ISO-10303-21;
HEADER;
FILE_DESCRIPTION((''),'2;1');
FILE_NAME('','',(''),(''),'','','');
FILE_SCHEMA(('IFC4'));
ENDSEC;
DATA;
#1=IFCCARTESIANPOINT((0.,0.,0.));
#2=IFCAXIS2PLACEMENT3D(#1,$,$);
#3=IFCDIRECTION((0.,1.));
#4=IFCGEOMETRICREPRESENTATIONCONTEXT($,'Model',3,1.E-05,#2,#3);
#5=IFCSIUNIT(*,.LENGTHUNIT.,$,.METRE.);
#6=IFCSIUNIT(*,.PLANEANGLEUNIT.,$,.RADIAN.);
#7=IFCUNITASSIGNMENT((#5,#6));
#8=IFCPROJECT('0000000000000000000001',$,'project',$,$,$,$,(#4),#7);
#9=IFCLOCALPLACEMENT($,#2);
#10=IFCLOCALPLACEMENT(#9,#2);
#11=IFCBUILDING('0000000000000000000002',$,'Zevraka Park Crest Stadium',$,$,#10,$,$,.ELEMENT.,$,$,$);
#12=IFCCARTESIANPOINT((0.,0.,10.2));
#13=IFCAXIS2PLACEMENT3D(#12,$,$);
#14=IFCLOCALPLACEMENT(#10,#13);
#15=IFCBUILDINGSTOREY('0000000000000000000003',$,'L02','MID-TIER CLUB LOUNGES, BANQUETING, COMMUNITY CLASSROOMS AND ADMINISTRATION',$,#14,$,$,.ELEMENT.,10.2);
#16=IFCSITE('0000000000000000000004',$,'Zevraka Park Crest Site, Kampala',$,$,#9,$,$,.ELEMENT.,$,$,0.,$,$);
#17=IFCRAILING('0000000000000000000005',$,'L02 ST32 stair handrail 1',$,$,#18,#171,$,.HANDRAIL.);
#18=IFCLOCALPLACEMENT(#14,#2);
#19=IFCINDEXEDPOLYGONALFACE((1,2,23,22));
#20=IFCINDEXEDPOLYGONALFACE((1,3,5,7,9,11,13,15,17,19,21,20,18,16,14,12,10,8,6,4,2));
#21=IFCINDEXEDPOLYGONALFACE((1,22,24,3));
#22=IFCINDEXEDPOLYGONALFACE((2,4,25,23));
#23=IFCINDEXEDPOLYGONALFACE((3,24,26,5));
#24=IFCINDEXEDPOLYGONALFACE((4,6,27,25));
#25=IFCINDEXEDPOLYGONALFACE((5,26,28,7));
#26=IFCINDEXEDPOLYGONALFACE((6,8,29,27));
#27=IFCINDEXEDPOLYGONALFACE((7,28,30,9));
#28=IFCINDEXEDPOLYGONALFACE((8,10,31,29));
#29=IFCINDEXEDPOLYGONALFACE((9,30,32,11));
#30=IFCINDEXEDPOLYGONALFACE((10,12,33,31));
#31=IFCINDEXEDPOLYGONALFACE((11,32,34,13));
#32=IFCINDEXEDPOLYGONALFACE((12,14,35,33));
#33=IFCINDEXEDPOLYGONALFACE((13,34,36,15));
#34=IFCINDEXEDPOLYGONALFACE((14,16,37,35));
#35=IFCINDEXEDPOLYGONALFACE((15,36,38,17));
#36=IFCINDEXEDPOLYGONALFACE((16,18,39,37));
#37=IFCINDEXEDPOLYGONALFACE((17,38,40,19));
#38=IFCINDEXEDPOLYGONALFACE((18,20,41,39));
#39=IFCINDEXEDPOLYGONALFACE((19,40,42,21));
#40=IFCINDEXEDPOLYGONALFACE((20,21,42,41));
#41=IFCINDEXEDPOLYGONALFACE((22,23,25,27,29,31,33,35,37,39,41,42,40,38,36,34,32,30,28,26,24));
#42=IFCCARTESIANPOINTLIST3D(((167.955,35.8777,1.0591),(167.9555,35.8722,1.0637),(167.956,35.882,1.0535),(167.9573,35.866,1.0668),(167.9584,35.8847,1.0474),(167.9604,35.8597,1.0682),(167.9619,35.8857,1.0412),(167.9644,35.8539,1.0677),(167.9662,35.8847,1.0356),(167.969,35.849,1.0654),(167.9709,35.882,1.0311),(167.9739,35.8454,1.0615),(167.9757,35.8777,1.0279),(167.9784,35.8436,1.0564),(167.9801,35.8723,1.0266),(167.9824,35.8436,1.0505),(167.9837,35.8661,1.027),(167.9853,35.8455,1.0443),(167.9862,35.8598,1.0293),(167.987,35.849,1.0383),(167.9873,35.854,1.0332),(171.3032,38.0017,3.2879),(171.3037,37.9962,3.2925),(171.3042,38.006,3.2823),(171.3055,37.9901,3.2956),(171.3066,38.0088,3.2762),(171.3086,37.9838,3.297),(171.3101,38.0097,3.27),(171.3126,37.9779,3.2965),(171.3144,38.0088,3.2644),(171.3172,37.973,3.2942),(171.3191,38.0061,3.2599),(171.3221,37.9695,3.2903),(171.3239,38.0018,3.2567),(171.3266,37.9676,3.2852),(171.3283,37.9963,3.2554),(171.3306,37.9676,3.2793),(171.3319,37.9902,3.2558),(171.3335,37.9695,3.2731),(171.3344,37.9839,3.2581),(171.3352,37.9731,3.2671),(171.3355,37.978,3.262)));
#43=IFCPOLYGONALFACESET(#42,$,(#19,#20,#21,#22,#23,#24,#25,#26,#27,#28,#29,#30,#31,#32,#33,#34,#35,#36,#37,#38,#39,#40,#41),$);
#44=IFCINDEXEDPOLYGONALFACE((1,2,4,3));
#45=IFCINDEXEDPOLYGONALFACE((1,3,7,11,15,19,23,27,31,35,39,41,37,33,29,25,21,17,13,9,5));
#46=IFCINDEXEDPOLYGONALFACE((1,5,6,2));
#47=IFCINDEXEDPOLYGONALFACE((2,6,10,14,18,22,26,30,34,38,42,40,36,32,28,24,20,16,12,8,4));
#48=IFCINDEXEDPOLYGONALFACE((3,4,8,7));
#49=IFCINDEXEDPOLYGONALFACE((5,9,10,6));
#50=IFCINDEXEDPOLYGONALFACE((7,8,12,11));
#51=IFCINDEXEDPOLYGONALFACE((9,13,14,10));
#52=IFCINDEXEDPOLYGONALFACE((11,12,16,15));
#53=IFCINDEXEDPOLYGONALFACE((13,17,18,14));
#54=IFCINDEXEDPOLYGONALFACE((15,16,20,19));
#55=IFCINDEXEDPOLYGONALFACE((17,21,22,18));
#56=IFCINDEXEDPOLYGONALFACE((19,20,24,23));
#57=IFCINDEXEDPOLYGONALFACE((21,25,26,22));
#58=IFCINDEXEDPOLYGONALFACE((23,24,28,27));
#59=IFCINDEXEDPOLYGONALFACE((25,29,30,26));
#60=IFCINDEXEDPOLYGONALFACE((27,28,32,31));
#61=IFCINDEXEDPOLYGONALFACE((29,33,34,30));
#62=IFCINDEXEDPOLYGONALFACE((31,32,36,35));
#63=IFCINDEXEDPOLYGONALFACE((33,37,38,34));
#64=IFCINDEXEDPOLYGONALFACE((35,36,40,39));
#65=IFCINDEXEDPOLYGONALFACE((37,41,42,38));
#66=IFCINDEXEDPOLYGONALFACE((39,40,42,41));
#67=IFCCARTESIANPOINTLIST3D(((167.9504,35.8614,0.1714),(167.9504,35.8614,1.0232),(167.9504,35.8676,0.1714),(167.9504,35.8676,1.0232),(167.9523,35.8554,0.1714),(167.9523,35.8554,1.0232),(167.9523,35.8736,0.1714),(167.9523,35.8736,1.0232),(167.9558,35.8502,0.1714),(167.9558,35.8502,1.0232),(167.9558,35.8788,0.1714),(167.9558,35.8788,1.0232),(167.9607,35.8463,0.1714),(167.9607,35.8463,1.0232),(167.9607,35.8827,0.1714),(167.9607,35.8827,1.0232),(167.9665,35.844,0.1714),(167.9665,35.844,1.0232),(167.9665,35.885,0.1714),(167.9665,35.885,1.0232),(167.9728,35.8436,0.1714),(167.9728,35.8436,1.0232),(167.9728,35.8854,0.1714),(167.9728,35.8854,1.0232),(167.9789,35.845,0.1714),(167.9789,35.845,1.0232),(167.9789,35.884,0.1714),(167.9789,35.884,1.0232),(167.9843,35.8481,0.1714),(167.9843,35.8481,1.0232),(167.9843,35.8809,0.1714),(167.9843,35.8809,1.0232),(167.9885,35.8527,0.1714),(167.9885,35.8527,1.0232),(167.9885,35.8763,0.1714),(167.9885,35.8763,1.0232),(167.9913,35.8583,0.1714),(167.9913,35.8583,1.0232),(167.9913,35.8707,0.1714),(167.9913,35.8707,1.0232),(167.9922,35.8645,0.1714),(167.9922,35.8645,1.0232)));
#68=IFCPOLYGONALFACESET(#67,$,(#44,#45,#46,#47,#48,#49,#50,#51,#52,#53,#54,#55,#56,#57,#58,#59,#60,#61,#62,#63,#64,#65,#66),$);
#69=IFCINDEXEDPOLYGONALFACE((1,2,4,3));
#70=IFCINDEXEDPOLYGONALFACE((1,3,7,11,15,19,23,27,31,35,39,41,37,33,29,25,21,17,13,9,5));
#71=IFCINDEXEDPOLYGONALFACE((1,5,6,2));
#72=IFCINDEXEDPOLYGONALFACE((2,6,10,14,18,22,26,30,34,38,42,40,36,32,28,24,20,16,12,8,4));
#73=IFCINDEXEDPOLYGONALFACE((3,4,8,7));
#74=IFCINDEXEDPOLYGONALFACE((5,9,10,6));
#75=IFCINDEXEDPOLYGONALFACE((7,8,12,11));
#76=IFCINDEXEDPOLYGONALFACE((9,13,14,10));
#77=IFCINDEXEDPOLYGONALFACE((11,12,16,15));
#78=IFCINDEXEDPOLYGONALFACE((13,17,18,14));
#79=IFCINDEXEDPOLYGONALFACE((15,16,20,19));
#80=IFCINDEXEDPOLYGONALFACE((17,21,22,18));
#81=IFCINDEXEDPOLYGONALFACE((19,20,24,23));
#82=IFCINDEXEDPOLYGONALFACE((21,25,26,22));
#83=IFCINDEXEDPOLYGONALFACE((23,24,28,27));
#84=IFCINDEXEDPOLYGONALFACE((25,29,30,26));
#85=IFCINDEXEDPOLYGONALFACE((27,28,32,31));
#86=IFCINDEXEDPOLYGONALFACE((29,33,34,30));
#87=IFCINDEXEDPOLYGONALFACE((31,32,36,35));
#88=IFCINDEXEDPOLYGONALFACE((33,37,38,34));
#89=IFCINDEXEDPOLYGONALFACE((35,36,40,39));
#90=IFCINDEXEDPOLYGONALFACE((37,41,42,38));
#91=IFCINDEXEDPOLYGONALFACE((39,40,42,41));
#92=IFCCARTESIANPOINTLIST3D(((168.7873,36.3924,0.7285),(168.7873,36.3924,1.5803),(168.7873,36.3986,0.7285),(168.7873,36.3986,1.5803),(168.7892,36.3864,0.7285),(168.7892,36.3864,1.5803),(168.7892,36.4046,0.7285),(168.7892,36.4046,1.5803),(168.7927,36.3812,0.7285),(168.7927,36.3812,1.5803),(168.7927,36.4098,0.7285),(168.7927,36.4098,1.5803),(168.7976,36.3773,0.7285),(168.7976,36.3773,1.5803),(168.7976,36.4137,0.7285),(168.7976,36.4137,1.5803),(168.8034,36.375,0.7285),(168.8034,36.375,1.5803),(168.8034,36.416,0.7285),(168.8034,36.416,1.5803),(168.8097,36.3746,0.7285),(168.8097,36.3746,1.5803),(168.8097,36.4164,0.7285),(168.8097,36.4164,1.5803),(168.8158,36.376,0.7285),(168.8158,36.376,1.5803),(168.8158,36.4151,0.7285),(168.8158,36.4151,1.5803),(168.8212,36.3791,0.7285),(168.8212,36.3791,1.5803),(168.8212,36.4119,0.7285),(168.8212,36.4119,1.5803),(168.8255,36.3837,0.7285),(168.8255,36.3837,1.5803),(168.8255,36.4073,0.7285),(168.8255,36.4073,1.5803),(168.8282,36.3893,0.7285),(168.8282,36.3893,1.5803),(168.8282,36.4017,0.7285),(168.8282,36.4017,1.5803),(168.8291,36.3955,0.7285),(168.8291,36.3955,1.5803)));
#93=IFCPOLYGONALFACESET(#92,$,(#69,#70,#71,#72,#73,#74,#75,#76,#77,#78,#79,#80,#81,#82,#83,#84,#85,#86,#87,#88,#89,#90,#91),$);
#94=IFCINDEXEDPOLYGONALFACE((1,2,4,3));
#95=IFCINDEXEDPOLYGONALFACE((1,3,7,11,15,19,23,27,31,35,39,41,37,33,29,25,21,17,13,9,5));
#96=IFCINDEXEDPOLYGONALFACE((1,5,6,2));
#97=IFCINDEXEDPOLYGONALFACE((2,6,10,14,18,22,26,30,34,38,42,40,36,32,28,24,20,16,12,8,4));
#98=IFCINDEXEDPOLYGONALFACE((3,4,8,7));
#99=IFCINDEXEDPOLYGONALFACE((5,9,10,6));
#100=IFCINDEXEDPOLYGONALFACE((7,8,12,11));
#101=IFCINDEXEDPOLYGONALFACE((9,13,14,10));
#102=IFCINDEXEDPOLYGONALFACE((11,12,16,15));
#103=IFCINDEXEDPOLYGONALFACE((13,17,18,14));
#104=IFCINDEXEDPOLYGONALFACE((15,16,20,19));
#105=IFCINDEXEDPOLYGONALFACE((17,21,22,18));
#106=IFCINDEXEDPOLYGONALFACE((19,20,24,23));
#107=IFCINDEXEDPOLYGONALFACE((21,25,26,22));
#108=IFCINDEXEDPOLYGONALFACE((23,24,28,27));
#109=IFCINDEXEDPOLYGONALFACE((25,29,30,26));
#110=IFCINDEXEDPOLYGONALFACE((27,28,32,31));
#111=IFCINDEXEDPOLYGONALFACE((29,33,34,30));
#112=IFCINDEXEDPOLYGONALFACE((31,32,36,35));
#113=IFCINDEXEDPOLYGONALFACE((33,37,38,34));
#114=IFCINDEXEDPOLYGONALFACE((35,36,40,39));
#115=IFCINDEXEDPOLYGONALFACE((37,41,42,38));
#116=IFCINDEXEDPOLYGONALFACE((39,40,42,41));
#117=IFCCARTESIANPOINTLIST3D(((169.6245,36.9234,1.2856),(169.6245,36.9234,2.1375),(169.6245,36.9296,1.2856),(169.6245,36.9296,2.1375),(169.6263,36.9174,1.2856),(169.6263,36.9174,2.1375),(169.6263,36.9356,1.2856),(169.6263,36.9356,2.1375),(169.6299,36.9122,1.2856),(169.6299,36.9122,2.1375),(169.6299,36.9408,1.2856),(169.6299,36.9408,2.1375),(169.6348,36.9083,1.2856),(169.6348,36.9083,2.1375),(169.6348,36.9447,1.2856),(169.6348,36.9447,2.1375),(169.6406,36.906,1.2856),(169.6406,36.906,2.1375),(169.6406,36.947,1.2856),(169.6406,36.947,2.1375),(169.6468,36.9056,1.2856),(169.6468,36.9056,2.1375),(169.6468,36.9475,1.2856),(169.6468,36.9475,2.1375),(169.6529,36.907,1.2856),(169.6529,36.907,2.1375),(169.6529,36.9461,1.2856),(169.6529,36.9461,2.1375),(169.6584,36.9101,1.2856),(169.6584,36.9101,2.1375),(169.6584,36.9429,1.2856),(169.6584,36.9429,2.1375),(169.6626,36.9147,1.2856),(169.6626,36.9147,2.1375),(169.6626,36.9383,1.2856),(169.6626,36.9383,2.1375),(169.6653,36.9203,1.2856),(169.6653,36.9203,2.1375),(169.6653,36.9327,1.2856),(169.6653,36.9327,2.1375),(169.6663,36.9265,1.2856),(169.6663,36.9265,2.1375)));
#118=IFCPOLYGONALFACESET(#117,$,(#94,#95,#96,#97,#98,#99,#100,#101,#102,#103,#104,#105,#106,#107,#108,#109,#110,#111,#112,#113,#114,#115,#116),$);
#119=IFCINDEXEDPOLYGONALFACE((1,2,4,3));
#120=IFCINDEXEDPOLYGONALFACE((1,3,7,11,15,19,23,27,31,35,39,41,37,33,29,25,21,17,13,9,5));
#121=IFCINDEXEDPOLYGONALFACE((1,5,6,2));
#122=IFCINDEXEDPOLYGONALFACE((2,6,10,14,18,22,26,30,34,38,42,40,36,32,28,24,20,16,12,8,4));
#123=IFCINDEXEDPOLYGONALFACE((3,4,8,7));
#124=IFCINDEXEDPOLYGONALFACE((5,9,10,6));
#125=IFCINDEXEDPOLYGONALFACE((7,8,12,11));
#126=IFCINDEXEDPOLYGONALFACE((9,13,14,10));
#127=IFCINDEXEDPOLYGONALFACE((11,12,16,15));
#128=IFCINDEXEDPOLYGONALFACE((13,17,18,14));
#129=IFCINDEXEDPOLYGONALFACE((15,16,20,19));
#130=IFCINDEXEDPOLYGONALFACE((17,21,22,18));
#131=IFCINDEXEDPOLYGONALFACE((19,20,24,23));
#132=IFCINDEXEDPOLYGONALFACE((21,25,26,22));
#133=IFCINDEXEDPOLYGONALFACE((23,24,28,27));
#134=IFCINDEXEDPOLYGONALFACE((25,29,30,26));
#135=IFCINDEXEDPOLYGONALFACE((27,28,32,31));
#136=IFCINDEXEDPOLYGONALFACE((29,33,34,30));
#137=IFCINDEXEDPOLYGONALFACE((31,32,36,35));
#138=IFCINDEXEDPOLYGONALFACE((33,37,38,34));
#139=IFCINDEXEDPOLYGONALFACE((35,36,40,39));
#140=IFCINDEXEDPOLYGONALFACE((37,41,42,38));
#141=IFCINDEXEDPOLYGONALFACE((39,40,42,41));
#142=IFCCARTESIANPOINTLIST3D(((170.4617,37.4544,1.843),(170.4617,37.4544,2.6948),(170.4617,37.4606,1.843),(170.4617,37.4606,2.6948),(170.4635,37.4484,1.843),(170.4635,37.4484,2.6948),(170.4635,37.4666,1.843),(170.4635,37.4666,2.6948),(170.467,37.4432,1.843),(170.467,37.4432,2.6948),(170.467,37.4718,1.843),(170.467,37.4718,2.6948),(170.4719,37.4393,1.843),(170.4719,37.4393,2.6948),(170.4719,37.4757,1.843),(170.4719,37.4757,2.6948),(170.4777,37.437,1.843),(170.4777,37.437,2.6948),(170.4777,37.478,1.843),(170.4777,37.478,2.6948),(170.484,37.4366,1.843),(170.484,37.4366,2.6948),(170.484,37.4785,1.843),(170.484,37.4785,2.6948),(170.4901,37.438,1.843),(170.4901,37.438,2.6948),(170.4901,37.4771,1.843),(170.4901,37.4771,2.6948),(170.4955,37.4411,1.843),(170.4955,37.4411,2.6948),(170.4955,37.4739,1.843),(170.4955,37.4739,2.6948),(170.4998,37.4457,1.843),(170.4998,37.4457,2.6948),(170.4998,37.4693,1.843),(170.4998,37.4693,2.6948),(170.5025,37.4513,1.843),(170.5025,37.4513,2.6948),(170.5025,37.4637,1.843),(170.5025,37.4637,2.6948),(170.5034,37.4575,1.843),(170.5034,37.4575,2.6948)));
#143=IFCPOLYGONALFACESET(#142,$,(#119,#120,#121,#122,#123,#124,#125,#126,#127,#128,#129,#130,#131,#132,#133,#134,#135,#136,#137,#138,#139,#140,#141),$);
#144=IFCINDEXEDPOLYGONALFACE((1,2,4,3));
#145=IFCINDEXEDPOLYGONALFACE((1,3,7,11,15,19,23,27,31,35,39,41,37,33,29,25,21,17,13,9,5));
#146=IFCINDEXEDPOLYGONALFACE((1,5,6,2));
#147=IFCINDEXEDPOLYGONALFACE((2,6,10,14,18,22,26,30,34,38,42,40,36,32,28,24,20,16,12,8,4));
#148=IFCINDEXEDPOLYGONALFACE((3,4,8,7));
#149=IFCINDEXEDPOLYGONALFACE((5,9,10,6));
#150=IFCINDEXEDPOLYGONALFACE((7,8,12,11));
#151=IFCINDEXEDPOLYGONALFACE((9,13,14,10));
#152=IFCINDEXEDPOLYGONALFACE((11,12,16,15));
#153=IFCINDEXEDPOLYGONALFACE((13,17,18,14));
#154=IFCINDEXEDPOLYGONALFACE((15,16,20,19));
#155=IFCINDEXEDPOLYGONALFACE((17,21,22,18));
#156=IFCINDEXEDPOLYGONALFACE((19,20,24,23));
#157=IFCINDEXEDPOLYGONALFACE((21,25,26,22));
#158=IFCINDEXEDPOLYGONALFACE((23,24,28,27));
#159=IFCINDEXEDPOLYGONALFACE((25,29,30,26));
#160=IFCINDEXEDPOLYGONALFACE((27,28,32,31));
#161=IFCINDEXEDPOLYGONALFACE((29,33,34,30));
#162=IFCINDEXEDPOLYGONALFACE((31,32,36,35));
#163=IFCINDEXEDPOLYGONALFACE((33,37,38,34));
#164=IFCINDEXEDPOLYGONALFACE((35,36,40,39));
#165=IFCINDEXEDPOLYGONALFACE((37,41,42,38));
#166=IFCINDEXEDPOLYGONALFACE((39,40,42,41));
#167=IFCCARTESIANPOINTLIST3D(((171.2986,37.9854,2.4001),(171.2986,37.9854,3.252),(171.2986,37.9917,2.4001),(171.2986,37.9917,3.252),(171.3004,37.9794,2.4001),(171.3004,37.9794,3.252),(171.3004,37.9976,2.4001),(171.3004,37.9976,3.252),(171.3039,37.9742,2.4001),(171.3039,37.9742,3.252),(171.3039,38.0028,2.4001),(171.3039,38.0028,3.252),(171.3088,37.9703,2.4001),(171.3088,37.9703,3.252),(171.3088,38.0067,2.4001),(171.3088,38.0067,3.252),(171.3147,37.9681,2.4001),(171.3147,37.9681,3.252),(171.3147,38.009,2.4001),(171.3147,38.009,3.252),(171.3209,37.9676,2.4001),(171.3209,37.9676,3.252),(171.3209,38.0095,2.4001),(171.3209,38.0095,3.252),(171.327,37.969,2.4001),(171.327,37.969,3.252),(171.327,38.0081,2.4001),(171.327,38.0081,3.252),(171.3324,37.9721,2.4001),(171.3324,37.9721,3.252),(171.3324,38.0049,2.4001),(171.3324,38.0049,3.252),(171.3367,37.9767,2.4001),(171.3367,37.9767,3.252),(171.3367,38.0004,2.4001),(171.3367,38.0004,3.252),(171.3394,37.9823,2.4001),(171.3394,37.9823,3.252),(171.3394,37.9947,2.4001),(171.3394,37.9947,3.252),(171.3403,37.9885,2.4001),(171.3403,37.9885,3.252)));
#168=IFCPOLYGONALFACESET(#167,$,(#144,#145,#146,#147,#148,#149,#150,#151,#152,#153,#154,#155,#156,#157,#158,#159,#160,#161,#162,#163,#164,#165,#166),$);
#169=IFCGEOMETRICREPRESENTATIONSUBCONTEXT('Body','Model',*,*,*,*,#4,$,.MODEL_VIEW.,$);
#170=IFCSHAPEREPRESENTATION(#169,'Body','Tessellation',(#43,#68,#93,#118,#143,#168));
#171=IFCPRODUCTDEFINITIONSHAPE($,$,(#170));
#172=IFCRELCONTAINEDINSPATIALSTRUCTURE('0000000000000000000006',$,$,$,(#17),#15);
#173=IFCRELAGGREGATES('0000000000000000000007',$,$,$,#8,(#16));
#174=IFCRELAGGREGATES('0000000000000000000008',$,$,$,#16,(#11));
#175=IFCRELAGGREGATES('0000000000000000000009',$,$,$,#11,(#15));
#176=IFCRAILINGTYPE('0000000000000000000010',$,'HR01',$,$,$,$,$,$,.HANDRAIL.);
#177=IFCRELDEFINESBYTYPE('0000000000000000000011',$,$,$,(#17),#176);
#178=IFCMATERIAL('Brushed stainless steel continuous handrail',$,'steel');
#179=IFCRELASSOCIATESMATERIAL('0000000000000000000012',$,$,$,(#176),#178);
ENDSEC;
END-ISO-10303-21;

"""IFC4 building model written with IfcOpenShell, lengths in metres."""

from ifc_helpers import new_model, si_unit, direction, frame, origin, origin_2d, place, context, subcontext, project, spatial, circle, extrude, material, type_object, element, save


model = new_model("IFC4")

# Units and contexts
model_context = context("Model", 3, precision=1e-05, world=origin(), true_north=direction((0.0, 1.0)))
body_context = subcontext(model_context, "Body", "Model", "MODEL_VIEW")
ifc_project = project(units=[si_unit("LENGTHUNIT", "METRE"), si_unit("PLANEANGLEUNIT", "RADIAN")], contexts=[model_context])

# Site, building, storey
site_placement = place(None, origin())
site = spatial("IfcSite", under=ifc_project, at=site_placement, Name="Zevraka Park Crest Site, Kampala", CompositionType="ELEMENT", RefElevation=0.0)
building_placement = place(site_placement, origin())
building = spatial("IfcBuilding", under=site, at=building_placement, Name="Zevraka Park Crest Stadium", CompositionType="ELEMENT")
storey_placement = place(building_placement, frame((0.0, 0.0, 10.2)))
storey = spatial("IfcBuildingStorey", under=building, at=storey_placement, Name="L02", Description="MID-TIER CLUB LOUNGES, BANQUETING, COMMUNITY CLASSROOMS AND ADMINISTRATION", CompositionType="ELEMENT", Elevation=10.2)

# Railing
ifc_material_1 = material(Name="Brushed stainless steel continuous handrail", Category="steel")
railing_type_1 = type_object("IfcRailingType", Name="HR01", PredefinedType="HANDRAIL", material=ifc_material_1)
railing_1_placement = place(storey_placement, frame((167.9712, 35.8645, 0.1714)))
element("IfcRailing", 1, at=railing_1_placement, inside=storey, type_object=railing_type_1, Name="L02 ST32 stair handrail 1", PredefinedType="HANDRAIL", context=body_context, shape_type="SweptSolid", body=[
    extrude(circle(Radius=0.0239, at=origin_2d()), frame((0.0, 0.0, 0.876), z_axis=(0.736097, 0.466972, 0.489998), x_axis=(-0.535688, 0.844416, 0.0)), (0.0, 0.0, 1.0), 4.5486),
    extrude(circle(Radius=0.021, at=origin_2d()), origin(), (0.0, 0.0, 1.0), 0.8518),
    extrude(circle(Radius=0.021, at=origin_2d()), frame((0.8369, 0.531, 0.5571)), (0.0, 0.0, 1.0), 0.8518),
    extrude(circle(Radius=0.021, at=origin_2d()), frame((1.6741, 1.062, 1.1143)), (0.0, 0.0, 1.0), 0.8518),
    extrude(circle(Radius=0.021, at=origin_2d()), frame((2.5112, 1.593, 1.6716)), (0.0, 0.0, 1.0), 0.8518),
    extrude(circle(Radius=0.021, at=origin_2d()), frame((3.3481, 2.124, 2.2288)), (0.0, 0.0, 1.0), 0.8518),
])

save(model, "model.ifc")
